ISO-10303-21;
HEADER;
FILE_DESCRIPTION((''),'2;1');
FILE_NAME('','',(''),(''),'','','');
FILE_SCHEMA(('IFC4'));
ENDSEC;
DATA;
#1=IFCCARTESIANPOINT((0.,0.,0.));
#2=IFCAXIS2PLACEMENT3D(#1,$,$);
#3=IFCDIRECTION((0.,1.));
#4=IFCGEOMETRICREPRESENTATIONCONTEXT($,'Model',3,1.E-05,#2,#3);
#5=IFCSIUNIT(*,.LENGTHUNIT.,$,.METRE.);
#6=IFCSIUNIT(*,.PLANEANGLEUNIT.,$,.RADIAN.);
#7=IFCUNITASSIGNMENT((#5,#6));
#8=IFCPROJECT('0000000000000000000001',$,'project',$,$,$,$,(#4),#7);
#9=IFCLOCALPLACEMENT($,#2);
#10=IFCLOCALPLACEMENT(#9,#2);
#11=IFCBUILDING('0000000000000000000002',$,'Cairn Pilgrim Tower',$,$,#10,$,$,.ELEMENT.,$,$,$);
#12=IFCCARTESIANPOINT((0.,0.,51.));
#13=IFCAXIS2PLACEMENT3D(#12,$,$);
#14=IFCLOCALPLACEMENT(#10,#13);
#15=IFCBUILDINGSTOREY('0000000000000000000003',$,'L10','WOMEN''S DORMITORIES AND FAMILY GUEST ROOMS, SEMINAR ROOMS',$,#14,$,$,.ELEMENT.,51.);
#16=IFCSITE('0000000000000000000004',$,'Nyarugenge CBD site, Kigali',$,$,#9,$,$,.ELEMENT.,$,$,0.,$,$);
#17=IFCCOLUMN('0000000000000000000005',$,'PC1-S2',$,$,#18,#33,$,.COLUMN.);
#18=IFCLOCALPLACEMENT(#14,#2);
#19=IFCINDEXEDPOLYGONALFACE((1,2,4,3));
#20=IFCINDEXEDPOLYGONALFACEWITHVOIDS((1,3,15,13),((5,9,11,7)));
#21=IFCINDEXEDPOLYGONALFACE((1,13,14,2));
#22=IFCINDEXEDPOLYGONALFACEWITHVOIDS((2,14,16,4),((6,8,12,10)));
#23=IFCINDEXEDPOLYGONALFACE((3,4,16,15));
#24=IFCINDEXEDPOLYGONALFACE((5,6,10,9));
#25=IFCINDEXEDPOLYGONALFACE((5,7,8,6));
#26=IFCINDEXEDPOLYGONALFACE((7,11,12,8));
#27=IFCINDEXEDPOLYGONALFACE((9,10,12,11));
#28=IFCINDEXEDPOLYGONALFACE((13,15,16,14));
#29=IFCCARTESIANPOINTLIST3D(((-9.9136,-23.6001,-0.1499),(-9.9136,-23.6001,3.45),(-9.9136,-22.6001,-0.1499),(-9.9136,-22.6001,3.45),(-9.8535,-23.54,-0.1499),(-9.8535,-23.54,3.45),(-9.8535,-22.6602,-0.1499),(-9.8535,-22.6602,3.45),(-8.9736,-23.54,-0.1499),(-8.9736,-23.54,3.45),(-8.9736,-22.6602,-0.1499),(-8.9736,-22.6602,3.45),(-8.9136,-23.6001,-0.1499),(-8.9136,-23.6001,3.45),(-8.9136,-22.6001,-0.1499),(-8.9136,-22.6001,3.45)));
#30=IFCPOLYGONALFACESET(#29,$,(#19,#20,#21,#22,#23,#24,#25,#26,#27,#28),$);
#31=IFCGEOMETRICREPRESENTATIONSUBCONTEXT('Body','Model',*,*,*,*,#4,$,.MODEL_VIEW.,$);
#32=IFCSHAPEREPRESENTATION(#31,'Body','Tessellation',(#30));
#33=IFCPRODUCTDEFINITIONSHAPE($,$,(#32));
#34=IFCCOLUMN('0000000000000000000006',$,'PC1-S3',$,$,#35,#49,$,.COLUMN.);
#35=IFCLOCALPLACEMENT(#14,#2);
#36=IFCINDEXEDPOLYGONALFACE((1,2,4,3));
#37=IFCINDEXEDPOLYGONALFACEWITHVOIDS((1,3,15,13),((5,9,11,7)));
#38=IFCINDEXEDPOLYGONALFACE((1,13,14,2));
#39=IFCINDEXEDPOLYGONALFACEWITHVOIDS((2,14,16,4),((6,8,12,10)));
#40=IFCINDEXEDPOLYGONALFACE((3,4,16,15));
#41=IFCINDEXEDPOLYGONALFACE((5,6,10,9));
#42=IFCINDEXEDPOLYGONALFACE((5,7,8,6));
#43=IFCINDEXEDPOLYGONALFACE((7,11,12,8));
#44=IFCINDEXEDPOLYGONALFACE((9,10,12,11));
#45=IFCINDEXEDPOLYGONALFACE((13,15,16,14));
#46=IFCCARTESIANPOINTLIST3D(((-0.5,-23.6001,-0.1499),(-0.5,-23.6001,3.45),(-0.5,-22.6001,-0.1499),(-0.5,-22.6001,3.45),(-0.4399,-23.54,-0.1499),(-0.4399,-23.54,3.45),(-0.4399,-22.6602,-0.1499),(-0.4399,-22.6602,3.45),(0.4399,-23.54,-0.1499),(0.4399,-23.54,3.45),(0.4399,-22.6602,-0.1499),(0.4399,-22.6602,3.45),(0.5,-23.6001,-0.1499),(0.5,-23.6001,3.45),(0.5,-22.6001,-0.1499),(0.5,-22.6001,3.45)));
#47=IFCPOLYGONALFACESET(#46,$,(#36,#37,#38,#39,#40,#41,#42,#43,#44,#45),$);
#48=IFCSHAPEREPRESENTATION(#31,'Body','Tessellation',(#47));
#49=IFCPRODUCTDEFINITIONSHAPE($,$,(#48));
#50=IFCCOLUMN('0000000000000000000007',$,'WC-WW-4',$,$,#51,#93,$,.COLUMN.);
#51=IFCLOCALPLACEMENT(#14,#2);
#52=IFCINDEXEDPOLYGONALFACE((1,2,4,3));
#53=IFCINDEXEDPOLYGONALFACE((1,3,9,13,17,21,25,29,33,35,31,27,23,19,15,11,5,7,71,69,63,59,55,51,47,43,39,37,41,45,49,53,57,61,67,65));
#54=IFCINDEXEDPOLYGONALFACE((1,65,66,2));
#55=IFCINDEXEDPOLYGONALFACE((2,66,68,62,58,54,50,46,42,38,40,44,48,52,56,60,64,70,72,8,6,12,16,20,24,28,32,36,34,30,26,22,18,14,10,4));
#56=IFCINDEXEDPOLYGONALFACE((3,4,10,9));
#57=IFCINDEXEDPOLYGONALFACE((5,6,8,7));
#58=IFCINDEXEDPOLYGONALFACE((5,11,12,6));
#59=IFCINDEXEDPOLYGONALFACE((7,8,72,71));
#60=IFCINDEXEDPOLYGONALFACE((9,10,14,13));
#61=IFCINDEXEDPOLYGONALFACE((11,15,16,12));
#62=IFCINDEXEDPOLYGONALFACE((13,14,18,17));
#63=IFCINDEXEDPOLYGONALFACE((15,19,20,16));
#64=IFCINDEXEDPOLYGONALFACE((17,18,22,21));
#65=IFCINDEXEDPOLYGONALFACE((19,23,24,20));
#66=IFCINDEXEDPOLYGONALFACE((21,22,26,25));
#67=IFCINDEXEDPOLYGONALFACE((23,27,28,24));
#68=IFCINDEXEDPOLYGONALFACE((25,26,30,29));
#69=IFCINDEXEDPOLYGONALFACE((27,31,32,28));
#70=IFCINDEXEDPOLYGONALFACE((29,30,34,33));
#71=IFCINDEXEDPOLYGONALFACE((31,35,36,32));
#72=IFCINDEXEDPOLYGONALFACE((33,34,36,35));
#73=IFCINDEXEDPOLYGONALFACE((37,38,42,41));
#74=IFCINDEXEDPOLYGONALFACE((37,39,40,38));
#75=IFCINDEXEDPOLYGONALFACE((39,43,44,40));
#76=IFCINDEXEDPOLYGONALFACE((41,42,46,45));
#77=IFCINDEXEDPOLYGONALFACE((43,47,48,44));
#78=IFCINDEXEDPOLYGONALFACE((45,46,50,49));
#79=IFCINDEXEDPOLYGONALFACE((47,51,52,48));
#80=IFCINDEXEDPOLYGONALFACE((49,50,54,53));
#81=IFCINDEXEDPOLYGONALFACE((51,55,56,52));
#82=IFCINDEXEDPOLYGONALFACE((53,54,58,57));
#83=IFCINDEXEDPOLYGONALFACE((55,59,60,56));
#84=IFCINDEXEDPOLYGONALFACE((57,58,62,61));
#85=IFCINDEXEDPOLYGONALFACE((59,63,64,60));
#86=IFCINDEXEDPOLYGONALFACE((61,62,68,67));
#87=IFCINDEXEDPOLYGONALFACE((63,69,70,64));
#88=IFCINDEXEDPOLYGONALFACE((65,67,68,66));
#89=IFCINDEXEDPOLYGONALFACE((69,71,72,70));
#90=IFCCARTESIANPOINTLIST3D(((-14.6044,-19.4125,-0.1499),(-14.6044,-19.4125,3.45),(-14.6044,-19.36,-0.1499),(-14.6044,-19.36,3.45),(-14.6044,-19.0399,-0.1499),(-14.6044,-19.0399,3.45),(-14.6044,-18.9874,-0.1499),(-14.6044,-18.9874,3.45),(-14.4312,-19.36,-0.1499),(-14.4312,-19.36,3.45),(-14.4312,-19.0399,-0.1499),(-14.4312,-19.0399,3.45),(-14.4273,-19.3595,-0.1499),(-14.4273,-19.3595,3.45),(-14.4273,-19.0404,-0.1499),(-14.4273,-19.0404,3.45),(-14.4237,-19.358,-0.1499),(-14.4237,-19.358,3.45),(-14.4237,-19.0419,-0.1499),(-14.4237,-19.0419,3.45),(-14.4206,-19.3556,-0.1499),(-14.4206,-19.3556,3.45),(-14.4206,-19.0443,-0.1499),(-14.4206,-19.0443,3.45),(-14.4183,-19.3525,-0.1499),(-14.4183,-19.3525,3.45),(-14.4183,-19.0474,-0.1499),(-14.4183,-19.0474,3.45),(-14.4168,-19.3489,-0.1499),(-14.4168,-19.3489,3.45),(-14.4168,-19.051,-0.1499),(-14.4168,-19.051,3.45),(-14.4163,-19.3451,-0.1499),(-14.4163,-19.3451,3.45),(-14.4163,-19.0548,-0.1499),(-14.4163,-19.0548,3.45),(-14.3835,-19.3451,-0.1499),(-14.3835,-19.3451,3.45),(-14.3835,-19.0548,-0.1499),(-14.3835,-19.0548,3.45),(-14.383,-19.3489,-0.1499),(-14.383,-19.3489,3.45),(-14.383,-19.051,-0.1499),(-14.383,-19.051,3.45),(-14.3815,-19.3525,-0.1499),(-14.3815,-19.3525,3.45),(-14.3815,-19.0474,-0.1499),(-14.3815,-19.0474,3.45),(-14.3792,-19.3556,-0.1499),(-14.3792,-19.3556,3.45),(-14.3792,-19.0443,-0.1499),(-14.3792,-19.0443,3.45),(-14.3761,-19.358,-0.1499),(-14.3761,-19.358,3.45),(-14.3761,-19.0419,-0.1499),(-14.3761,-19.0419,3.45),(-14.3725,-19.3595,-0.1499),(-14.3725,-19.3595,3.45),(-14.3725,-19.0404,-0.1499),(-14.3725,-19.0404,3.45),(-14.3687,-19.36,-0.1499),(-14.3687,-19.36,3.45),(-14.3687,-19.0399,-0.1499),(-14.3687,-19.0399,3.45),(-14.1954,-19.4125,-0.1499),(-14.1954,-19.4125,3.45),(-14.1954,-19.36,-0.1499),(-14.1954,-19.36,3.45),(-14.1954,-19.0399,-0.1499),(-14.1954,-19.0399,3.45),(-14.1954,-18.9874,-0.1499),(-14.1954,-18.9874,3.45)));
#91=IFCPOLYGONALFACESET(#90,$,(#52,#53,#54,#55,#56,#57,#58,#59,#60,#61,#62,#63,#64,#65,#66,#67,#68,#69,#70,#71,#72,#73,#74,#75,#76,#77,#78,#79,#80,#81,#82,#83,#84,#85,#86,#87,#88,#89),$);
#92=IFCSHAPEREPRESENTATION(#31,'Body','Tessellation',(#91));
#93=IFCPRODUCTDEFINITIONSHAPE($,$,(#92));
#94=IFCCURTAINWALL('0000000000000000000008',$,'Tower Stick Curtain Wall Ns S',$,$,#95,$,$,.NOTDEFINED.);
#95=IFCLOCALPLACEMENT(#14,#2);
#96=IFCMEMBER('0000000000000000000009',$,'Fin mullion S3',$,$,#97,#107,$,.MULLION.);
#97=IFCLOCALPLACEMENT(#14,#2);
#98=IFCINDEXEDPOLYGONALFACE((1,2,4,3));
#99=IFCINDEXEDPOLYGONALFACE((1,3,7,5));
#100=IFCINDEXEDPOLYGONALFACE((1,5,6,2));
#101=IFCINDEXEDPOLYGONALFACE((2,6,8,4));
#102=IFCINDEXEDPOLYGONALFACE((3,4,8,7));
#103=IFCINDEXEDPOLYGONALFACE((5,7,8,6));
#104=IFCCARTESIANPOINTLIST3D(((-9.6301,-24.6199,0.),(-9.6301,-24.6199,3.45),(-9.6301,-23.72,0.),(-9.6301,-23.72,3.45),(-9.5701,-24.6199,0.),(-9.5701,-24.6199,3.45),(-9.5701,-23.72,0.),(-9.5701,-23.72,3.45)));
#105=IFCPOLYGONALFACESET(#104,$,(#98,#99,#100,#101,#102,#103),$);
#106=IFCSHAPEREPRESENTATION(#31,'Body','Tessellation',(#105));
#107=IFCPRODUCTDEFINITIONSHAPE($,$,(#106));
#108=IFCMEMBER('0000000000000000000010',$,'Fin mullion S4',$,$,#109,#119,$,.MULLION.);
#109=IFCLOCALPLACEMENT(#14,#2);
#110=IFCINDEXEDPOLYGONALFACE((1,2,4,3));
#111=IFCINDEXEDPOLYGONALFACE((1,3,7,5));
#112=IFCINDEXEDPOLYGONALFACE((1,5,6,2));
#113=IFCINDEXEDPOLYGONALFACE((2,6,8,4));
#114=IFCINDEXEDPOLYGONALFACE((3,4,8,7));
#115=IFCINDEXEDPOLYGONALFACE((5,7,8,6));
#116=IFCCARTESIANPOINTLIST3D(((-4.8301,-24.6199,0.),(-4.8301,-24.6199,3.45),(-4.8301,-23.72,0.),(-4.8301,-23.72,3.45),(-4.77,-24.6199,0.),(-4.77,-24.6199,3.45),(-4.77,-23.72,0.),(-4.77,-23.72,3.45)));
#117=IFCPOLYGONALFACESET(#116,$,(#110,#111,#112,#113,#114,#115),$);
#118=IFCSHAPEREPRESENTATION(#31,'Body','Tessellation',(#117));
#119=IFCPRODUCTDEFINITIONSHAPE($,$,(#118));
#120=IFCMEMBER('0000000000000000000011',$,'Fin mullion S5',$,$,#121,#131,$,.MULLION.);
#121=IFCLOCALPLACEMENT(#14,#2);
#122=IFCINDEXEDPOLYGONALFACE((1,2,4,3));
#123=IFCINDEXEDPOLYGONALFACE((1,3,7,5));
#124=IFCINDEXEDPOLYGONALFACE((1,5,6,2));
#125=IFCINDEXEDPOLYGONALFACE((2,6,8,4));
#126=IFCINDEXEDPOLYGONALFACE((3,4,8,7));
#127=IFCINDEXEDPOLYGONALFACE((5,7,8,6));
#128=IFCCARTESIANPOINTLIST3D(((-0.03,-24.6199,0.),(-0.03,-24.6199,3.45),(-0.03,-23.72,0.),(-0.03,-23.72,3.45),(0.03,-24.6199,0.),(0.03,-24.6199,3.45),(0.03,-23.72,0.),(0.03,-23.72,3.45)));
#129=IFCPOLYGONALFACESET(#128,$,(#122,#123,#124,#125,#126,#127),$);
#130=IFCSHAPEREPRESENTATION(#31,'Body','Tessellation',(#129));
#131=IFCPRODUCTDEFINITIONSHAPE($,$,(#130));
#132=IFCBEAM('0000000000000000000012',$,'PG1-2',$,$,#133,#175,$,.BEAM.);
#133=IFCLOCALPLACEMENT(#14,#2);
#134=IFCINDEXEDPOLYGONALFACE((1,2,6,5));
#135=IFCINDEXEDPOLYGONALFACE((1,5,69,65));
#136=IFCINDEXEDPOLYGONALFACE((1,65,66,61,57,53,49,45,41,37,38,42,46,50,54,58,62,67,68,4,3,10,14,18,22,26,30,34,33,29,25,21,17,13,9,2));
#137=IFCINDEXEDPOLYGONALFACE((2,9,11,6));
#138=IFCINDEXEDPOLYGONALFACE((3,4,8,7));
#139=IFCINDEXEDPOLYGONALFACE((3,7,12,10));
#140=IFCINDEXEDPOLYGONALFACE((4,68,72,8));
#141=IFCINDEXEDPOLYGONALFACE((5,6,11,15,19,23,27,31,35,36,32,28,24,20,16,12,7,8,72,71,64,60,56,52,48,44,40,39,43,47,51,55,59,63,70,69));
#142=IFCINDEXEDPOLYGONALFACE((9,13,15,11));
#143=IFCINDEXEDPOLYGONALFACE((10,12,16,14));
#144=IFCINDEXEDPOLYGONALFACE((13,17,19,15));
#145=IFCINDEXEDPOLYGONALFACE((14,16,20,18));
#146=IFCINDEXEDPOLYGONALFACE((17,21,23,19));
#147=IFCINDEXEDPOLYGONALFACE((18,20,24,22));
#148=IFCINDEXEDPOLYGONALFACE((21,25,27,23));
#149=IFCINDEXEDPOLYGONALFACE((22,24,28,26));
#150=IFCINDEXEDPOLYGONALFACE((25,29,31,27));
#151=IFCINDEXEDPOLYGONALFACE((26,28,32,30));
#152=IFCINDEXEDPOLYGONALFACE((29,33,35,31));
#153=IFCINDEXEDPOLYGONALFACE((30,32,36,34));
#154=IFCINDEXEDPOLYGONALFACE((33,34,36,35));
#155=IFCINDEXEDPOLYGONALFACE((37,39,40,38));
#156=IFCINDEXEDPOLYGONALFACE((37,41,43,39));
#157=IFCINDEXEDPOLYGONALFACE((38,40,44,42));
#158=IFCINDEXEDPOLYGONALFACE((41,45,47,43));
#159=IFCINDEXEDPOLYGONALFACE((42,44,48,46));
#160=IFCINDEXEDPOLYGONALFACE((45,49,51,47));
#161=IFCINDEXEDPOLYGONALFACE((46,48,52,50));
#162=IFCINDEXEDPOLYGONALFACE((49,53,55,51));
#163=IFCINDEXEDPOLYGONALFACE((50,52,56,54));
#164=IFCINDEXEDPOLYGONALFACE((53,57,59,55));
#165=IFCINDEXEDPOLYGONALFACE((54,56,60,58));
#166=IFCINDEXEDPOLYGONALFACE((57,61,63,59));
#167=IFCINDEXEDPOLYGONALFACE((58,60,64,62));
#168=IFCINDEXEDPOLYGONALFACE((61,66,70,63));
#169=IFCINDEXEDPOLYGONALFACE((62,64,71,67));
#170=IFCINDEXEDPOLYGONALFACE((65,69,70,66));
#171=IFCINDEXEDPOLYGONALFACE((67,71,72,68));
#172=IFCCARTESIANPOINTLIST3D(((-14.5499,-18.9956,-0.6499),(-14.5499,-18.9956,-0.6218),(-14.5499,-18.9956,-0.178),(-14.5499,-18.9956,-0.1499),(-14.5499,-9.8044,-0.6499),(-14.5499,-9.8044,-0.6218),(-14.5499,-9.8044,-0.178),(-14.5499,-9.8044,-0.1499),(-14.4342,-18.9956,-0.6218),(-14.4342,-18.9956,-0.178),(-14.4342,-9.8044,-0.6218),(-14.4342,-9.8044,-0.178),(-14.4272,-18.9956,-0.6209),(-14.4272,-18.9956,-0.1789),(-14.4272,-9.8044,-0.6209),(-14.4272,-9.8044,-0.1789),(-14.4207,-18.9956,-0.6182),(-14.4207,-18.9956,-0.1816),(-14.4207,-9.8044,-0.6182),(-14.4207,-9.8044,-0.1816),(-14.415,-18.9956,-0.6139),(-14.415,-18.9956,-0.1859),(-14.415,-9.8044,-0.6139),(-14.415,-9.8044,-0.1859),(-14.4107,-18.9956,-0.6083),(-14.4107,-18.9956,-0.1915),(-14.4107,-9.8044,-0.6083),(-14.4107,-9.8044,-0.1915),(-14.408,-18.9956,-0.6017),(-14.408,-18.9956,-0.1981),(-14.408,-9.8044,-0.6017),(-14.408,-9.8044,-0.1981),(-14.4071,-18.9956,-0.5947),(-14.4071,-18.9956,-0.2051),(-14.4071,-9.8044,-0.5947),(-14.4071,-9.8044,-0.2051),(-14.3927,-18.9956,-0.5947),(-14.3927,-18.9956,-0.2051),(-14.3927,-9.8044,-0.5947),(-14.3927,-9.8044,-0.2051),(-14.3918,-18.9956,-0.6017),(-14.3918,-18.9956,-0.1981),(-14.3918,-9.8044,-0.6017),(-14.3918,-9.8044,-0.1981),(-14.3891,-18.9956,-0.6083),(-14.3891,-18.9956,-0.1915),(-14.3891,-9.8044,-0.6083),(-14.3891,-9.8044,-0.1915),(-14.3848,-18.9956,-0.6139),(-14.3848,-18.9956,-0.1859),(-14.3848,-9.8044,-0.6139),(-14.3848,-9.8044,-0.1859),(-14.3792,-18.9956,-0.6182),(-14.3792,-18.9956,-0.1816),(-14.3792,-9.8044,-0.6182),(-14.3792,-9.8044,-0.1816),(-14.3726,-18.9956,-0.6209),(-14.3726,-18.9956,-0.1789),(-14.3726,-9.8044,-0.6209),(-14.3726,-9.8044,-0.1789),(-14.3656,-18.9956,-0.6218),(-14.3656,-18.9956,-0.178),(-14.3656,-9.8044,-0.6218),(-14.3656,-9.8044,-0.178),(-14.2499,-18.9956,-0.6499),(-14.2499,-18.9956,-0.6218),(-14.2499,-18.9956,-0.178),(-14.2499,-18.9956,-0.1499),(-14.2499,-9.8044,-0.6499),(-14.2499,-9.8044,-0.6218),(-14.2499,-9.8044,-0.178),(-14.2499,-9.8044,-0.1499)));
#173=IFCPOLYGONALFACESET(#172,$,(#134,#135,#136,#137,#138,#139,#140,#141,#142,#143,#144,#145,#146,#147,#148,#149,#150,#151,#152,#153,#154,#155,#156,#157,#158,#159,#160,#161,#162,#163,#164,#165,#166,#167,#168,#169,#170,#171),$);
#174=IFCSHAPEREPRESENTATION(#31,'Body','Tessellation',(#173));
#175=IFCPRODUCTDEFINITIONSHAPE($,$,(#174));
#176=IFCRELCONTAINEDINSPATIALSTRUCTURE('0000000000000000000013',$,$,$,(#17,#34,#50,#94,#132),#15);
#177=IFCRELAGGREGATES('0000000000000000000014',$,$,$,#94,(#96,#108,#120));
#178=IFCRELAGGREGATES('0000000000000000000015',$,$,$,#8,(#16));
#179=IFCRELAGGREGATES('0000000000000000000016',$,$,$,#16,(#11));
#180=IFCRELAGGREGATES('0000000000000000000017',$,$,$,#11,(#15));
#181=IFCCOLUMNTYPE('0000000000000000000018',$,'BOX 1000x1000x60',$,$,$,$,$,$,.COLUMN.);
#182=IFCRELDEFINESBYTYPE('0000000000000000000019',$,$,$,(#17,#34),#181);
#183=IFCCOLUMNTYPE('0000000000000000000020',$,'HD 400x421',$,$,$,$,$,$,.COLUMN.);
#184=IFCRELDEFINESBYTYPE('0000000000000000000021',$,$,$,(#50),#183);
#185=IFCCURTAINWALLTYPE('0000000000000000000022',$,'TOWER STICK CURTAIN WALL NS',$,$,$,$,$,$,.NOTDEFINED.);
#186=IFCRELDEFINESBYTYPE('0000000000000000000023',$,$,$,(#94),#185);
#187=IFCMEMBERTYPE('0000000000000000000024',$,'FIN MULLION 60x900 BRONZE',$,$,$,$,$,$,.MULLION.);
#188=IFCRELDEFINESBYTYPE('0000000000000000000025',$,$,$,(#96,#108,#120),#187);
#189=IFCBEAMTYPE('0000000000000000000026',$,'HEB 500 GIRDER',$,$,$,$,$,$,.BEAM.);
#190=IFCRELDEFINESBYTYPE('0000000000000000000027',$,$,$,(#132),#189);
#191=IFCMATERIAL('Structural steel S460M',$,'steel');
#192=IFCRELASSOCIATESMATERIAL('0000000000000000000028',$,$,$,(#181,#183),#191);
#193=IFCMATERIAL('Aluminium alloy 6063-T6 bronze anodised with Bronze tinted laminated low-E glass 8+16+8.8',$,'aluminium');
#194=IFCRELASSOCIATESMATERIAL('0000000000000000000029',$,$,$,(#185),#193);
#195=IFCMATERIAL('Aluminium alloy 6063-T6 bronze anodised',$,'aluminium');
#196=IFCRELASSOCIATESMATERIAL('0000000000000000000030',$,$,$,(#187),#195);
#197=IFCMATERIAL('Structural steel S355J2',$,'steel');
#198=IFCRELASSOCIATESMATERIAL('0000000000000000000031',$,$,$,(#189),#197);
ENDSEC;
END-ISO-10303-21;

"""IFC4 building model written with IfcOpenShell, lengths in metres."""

from ifc_helpers import new_model, si_unit, direction, frame, origin, origin_2d, place, context, subcontext, project, spatial, rectangle, hollow_rectangle, i_section, extrude, material, material_profile, profile_set, type_object, element, aggregate, save


model = new_model("IFC4")

# Units and contexts
model_context = context("Model", 3, precision=1e-05, world=origin(), true_north=direction((0.0, 1.0)))
body_context = subcontext(model_context, "Body", "Model", "MODEL_VIEW")
ifc_project = project(units=[si_unit("LENGTHUNIT", "METRE"), si_unit("PLANEANGLEUNIT", "RADIAN")], contexts=[model_context])

# Site, building, storey
site_placement = place(None, origin())
site = spatial("IfcSite", under=ifc_project, at=site_placement, Name="Nyarugenge CBD site, Kigali", CompositionType="ELEMENT", RefElevation=0.0)
building_placement = place(site_placement, origin())
building = spatial("IfcBuilding", under=site, at=building_placement, Name="Cairn Pilgrim Tower", CompositionType="ELEMENT")
storey_placement = place(building_placement, frame((0.0, 0.0, 51.0)))
storey = spatial("IfcBuildingStorey", under=building, at=storey_placement, Name="L10", Description="WOMEN'S DORMITORIES AND FAMILY GUEST ROOMS, SEMINAR ROOMS", CompositionType="ELEMENT", Elevation=51.0)

# Columns
ifc_material_1 = material(Name="Structural steel S460M", Category="steel")
ifc_material_profile_1 = material_profile(ifc_material_1, hollow_rectangle(XDim=1.0, YDim=1.0, WallThickness=0.0601, at=origin_2d()), Name="BOX 1000x1000x60")
ifc_profile_set_1 = profile_set([ifc_material_profile_1], Name="Structural steel S460M")
column_type_1 = type_object("IfcColumnType", Name="BOX 1000x1000x60", PredefinedType="COLUMN", material=ifc_profile_set_1)
for number, where, z_axis, x_axis, name in (
    (1, (-9.4136, -23.1001, -0.1499), (0.0, 0.0, 1.0), (1.0, 0.0, 0.0), "PC1-S2"),
    (2, (0.0, -23.1001, -0.1499), (0.0, 0.0, 1.0), (1.0, 0.0, 0.0), "PC1-S3"),
):
    element("IfcColumn", number, at=place(storey_placement, frame(where, z_axis=z_axis, x_axis=x_axis)), inside=storey, type_object=column_type_1, Name=name, PredefinedType="COLUMN", context=body_context, shape_type="SweptSolid", body=[
        extrude(hollow_rectangle(XDim=1.0, YDim=1.0, WallThickness=0.0601, at=origin_2d()), origin(), (0.0, 0.0, 1.0), 3.5999),
    ])
ifc_material_profile_2 = material_profile(ifc_material_1, i_section(OverallWidth=0.4089, OverallDepth=0.425, WebThickness=0.0327, FlangeThickness=0.0525, FilletRadius=0.0149, at=origin_2d()), Name="HD 400x421")
ifc_profile_set_2 = profile_set([ifc_material_profile_2], Name="Structural steel S460M")
column_type_2 = type_object("IfcColumnType", Name="HD 400x421", PredefinedType="COLUMN", material=ifc_profile_set_2)
column_placement = place(storey_placement, frame((-14.3999, -19.2, -0.1499), z_axis=(0.0, 0.0, 1.0), x_axis=(1.0, 0.0, 0.0)))
element("IfcColumn", 3, at=column_placement, inside=storey, type_object=column_type_2, Name="WC-WW-4", PredefinedType="COLUMN", context=body_context, shape_type="SweptSolid", body=[
    extrude(i_section(OverallWidth=0.4089, OverallDepth=0.425, WebThickness=0.0327, FlangeThickness=0.0525, FilletRadius=0.0149, at=origin_2d()), origin(), (0.0, 0.0, 1.0), 3.5999),
])

# Curtain wall, members
ifc_material_2 = material(Name="Aluminium alloy 6063-T6 bronze anodised with Bronze tinted laminated low-E glass 8+16+8.8", Category="aluminium")
curtain_wall_type = type_object("IfcCurtainWallType", Name="TOWER STICK CURTAIN WALL NS", PredefinedType="NOTDEFINED", material=ifc_material_2)
curtain_wall_placement = place(storey_placement, origin())
curtain_wall = element("IfcCurtainWall", 4, at=curtain_wall_placement, inside=storey, type_object=curtain_wall_type, Name="Tower Stick Curtain Wall Ns S", PredefinedType="NOTDEFINED")
ifc_material_3 = material(Name="Aluminium alloy 6063-T6 bronze anodised", Category="aluminium")
ifc_material_profile_3 = material_profile(ifc_material_3, rectangle(XDim=0.8999, YDim=0.0601, at=origin_2d()), Name="FIN MULLION 60x900 BRONZE")
ifc_profile_set_3 = profile_set([ifc_material_profile_3], Name="Aluminium alloy 6063-T6 bronze anodised")
member_type_1 = type_object("IfcMemberType", Name="FIN MULLION 60x900 BRONZE", PredefinedType="MULLION", material=ifc_profile_set_3)
member_1_placement = place(storey_placement, frame((-9.6001, -24.1699, 0.0), z_axis=(0.0, 0.0, 1.0), x_axis=(0.0, -1.0, 0.0)))
member_1 = element("IfcMember", 5, at=member_1_placement, type_object=member_type_1, Name="Fin mullion S3", PredefinedType="MULLION", context=body_context, shape_type="SweptSolid", body=[
    extrude(rectangle(XDim=0.8999, YDim=0.0601, at=origin_2d()), origin(), (0.0, 0.0, 1.0), 3.45),
])
member_2_placement = place(storey_placement, frame((-4.8, -24.1699, 0.0), z_axis=(0.0, 0.0, 1.0), x_axis=(0.0, -1.0, 0.0)))
member_2 = element("IfcMember", 6, at=member_2_placement, type_object=member_type_1, Name="Fin mullion S4", PredefinedType="MULLION", context=body_context, shape_type="SweptSolid", body=[
    extrude(rectangle(XDim=0.8999, YDim=0.0601, at=origin_2d()), origin(), (0.0, 0.0, 1.0), 3.45),
])
member_3_placement = place(storey_placement, frame((0.0, -24.1699, 0.0), z_axis=(0.0, 0.0, 1.0), x_axis=(0.0, -1.0, 0.0)))
member_3 = element("IfcMember", 7, at=member_3_placement, type_object=member_type_1, Name="Fin mullion S5", PredefinedType="MULLION", context=body_context, shape_type="SweptSolid", body=[
    extrude(rectangle(XDim=0.8999, YDim=0.0601, at=origin_2d()), origin(), (0.0, 0.0, 1.0), 3.45),
])

# Beam
ifc_material_4 = material(Name="Structural steel S355J2", Category="steel")
ifc_material_profile_4 = material_profile(ifc_material_4, i_section(OverallWidth=0.3, OverallDepth=0.5, WebThickness=0.0144, FlangeThickness=0.0281, FilletRadius=0.0271, at=origin_2d()), Name="HEB 500")
ifc_profile_set_4 = profile_set([ifc_material_profile_4], Name="Structural steel S355J2")
beam_type_1 = type_object("IfcBeamType", Name="HEB 500 GIRDER", PredefinedType="BEAM", material=ifc_profile_set_4)
beam_1_placement = place(storey_placement, frame((-14.3999, -18.9956, -0.3999), z_axis=(0.0, 1.0, 0.0), x_axis=(-1.0, 0.0, 0.0)))
element("IfcBeam", 8, at=beam_1_placement, inside=storey, type_object=beam_type_1, Name="PG1-2", PredefinedType="BEAM", context=body_context, shape_type="SweptSolid", body=[
    extrude(i_section(OverallWidth=0.3, OverallDepth=0.5, WebThickness=0.0144, FlangeThickness=0.0281, FilletRadius=0.0271, at=origin_2d()), origin(), (0.0, 0.0, 1.0), 9.1912),
])

aggregate(curtain_wall, [member_1, member_2, member_3])

save(model, "model.ifc")
